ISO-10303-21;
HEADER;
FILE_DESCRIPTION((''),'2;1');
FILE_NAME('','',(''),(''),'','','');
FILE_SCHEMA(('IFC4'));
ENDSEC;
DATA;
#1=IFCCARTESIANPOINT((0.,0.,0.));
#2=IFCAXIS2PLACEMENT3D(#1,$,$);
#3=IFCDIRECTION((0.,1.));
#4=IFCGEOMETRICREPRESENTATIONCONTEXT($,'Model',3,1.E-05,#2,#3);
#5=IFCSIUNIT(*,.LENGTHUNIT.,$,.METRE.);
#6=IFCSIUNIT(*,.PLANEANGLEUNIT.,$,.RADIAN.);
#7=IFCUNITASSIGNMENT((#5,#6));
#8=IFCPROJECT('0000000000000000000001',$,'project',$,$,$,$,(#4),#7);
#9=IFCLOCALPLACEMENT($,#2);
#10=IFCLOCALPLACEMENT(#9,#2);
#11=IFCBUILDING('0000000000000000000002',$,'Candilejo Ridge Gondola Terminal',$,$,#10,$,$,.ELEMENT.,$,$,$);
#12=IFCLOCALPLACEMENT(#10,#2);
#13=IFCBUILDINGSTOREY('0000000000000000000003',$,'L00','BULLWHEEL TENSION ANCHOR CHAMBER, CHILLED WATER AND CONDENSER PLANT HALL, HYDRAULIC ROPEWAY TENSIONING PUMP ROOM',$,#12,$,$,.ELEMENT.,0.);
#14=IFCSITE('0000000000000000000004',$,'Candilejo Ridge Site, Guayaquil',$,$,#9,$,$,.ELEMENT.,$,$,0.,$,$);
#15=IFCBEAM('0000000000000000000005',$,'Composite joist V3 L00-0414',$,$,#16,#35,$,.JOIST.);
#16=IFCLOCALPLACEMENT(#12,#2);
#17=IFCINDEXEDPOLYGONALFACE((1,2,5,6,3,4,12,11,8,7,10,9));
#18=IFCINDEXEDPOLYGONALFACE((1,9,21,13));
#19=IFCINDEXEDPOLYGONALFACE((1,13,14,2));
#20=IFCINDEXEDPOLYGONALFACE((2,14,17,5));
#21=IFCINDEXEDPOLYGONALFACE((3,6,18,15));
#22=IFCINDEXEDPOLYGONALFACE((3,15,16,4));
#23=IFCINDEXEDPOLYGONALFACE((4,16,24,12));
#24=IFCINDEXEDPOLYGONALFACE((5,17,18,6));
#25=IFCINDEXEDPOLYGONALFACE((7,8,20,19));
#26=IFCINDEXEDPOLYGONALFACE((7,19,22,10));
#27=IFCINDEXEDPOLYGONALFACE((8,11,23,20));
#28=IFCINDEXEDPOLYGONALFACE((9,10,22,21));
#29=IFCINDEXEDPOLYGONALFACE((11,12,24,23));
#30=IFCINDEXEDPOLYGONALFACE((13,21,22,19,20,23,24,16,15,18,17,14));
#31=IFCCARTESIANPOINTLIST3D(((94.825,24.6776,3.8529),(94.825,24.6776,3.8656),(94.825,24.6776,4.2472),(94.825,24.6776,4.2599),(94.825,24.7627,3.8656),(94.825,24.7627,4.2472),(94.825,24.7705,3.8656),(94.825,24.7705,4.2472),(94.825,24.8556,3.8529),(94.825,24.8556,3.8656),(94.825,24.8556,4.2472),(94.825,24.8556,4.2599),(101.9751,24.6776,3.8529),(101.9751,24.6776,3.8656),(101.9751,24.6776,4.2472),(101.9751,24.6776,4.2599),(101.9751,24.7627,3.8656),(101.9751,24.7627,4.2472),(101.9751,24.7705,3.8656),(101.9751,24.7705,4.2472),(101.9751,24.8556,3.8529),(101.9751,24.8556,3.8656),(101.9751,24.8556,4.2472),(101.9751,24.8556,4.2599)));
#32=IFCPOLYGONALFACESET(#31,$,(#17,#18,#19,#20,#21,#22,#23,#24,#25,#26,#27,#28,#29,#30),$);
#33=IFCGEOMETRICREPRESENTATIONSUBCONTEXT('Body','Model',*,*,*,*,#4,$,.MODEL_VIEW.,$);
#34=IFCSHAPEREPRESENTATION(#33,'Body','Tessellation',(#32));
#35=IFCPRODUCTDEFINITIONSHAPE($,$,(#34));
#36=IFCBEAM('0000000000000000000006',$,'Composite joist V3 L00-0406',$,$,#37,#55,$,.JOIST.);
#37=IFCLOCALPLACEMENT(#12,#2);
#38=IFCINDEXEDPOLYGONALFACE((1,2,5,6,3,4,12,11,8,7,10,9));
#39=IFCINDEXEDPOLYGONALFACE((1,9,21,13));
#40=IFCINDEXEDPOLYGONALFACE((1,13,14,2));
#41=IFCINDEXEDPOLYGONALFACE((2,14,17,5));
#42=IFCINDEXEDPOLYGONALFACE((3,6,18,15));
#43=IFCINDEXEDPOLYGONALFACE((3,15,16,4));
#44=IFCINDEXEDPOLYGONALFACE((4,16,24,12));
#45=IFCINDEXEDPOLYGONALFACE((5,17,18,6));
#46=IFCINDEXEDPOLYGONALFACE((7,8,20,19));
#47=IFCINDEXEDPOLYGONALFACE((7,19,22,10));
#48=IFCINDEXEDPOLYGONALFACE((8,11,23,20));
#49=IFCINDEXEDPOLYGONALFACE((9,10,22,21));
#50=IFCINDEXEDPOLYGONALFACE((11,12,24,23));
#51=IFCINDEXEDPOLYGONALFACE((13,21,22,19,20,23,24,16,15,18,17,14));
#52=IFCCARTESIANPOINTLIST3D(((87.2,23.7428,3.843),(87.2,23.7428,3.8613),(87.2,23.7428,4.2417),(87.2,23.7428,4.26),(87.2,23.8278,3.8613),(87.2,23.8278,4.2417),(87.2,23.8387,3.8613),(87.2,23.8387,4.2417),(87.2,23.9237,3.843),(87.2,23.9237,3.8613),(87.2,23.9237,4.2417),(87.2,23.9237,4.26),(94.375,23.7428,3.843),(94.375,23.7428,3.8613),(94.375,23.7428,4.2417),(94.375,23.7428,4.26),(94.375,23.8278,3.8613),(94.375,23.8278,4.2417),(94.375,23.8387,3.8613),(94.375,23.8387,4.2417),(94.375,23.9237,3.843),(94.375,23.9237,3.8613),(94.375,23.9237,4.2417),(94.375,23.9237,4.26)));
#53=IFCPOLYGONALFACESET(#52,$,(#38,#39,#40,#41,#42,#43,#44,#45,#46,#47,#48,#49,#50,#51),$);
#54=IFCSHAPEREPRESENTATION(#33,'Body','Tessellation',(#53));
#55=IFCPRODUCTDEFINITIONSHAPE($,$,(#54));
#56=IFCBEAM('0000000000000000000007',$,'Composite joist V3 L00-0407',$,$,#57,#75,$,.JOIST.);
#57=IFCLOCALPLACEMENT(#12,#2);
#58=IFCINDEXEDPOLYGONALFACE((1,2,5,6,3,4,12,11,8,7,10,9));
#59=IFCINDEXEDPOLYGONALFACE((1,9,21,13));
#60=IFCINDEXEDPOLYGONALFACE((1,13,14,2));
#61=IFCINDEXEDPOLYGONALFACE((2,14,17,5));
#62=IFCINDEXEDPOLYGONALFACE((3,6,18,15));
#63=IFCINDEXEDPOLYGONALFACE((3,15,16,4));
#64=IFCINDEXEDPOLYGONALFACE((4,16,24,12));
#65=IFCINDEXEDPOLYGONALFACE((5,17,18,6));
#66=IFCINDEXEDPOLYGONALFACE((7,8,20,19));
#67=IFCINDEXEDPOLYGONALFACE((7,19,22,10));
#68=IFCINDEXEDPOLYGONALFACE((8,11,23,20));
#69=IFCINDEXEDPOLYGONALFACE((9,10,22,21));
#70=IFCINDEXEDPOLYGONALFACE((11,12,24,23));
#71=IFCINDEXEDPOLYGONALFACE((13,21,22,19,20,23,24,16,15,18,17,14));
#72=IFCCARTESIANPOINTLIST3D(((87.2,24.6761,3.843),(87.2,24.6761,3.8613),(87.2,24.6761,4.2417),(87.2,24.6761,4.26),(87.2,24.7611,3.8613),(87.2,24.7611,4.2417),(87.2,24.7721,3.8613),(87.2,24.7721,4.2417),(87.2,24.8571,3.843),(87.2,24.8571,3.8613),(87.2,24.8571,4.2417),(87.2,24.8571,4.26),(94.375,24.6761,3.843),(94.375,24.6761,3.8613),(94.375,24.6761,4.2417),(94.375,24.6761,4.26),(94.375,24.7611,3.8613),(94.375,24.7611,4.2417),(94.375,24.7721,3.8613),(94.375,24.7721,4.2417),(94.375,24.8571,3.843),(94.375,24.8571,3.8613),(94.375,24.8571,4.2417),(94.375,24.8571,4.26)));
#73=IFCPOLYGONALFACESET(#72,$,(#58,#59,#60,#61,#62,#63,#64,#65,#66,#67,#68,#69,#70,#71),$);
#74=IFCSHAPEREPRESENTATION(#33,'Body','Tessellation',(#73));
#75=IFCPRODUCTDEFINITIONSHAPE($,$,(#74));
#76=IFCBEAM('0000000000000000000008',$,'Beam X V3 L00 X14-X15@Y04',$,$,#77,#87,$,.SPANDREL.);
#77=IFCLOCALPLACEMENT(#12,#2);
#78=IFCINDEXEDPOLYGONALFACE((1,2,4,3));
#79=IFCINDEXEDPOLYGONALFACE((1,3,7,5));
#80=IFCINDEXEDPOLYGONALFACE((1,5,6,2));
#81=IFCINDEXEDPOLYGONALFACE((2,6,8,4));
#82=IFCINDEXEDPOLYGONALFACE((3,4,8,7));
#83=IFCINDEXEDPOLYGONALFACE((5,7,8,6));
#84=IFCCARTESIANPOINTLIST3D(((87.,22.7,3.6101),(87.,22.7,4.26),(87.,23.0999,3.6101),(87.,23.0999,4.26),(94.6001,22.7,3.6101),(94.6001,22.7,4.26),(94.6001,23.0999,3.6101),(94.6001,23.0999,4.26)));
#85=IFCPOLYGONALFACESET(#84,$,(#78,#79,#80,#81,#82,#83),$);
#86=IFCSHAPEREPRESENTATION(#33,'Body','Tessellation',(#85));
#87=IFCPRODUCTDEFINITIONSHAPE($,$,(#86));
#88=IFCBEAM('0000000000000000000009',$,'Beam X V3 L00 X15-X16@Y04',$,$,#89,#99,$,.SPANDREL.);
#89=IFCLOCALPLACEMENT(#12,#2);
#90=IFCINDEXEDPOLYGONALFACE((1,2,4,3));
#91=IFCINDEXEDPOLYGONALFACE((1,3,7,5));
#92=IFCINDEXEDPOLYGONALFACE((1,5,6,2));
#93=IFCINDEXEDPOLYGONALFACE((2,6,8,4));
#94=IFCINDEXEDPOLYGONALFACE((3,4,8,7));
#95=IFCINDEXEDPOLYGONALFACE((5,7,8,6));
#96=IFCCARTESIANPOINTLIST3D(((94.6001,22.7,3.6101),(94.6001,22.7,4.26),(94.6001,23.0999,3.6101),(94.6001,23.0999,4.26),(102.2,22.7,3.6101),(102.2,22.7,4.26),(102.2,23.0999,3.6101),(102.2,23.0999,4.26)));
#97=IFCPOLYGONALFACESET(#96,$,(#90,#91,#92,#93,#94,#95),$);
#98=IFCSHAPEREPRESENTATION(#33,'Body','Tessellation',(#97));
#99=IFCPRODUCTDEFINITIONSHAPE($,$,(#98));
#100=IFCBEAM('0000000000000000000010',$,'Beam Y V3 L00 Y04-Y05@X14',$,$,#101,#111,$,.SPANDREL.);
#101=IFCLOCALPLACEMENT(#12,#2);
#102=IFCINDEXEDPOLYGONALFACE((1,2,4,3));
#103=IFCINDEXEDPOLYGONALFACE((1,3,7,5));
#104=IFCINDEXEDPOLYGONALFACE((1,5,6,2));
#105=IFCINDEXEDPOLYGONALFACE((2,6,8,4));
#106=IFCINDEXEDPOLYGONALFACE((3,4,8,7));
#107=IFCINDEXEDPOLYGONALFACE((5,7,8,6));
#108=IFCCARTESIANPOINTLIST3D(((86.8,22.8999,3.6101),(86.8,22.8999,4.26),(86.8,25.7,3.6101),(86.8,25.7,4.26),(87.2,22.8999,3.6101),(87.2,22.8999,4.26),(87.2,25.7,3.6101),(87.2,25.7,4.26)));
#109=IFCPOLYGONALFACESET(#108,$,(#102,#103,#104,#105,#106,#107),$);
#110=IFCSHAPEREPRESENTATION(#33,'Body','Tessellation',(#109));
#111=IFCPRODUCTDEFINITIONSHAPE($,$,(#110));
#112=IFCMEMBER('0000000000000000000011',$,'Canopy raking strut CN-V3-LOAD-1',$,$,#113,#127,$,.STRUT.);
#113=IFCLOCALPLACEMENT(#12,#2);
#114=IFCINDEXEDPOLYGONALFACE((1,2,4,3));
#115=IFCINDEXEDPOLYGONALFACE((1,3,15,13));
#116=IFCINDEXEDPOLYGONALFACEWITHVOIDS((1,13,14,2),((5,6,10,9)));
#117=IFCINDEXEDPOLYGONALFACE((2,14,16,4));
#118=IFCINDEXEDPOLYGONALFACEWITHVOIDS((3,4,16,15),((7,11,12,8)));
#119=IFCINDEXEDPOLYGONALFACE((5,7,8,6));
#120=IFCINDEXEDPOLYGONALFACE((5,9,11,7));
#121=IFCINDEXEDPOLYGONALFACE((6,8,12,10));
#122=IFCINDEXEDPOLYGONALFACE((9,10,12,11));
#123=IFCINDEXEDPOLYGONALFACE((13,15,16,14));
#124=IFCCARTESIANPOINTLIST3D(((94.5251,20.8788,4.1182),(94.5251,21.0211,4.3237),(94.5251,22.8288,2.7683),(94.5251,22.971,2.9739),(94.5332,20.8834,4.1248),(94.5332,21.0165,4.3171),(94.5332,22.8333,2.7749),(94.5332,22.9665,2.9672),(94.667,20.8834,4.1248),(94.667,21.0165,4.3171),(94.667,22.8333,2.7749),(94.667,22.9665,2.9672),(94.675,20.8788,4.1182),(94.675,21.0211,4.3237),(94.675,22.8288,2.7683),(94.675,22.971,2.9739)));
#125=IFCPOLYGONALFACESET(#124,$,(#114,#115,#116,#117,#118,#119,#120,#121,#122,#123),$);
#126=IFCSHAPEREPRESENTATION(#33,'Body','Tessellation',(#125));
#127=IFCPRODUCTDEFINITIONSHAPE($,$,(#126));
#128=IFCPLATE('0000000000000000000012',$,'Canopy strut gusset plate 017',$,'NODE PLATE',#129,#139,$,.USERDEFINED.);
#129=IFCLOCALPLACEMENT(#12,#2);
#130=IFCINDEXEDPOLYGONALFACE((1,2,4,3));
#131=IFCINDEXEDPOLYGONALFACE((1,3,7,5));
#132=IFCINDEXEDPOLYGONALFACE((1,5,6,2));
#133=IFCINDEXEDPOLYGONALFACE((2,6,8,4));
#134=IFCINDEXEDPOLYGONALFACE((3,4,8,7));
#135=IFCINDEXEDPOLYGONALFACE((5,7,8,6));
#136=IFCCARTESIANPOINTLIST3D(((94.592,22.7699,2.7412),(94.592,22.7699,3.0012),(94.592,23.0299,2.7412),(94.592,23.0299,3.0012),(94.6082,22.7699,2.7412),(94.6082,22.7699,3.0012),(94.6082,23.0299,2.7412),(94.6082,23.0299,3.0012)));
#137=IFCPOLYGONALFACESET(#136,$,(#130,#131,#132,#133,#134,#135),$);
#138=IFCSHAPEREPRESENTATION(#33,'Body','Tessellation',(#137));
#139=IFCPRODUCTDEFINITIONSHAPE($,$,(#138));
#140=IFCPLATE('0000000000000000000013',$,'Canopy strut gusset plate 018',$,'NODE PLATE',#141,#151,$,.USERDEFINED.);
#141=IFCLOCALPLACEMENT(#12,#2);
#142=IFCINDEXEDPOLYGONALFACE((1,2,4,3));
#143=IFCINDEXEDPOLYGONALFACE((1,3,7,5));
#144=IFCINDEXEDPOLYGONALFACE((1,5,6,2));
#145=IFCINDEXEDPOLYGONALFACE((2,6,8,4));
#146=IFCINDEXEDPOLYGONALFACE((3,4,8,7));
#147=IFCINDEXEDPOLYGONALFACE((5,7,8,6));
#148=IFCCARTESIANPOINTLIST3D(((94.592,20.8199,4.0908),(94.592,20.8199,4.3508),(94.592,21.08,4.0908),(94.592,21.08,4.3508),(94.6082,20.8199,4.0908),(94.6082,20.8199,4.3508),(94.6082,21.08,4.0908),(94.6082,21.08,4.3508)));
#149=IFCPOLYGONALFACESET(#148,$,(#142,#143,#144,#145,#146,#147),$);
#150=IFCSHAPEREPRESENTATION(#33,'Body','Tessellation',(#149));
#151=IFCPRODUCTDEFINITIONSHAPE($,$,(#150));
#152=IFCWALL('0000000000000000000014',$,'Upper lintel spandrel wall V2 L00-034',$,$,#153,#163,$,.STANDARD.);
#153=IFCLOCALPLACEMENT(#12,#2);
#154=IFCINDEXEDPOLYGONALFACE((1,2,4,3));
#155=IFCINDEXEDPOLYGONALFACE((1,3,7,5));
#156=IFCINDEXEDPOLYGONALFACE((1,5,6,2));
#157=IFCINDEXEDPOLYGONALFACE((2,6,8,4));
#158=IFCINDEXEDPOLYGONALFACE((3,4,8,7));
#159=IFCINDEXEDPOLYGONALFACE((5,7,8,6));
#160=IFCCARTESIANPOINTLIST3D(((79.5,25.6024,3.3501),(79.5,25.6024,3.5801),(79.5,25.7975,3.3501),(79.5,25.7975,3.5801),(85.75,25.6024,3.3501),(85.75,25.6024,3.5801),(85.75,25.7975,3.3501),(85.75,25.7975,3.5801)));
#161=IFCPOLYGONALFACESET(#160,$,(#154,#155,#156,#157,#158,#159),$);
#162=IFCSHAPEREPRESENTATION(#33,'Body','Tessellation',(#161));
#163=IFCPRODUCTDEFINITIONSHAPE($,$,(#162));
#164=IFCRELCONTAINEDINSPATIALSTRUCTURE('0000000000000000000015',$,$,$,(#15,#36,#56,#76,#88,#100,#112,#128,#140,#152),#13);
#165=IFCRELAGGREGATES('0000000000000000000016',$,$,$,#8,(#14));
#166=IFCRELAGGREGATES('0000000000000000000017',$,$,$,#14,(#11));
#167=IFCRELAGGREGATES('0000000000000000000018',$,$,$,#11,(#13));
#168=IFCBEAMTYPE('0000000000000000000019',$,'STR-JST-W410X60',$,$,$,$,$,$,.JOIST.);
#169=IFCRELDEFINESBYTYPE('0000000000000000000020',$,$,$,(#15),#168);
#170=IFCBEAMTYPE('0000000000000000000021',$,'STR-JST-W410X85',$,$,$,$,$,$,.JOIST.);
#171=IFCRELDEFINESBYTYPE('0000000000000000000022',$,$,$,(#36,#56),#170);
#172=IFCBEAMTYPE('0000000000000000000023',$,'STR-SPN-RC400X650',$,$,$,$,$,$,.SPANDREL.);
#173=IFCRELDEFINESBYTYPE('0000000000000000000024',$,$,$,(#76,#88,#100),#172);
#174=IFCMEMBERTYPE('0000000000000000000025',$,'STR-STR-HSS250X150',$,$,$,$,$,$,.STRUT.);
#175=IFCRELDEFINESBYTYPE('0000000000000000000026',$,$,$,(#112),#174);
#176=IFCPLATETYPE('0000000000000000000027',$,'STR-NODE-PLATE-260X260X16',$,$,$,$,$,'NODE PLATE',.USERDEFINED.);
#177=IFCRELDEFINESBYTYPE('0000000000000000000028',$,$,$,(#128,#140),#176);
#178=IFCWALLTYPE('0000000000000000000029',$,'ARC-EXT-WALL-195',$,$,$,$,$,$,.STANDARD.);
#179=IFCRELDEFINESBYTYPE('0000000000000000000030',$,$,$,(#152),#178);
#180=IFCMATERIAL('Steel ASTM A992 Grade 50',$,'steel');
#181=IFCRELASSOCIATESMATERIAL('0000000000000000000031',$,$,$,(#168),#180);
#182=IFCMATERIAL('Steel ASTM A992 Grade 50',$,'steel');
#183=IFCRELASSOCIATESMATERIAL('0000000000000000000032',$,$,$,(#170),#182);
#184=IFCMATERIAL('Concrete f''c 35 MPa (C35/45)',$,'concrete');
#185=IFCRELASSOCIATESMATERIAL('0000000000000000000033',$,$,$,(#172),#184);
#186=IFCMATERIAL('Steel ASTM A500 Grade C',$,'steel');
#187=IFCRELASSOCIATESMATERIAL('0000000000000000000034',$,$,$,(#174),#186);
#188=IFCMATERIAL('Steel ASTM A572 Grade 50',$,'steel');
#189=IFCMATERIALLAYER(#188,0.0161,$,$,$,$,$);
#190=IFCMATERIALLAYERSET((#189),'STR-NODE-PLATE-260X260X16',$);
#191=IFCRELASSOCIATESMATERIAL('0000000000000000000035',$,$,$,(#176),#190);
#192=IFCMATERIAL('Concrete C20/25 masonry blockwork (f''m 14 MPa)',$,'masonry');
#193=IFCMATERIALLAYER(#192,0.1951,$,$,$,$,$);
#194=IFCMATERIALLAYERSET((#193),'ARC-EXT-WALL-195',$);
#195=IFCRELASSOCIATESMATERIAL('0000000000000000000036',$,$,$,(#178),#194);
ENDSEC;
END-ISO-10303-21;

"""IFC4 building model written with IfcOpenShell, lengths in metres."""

from ifc_helpers import new_model, si_unit, direction, frame, frame_2d, origin, origin_2d, place, context, subcontext, project, spatial, rectangle, hollow_rectangle, i_section, extrude, material, layer, layer_set, material_profile, profile_set, type_object, element, save


model = new_model("IFC4")

# Units and contexts
model_context = context("Model", 3, precision=1e-05, world=origin(), true_north=direction((0.0, 1.0)))
body_context = subcontext(model_context, "Body", "Model", "MODEL_VIEW")
ifc_project = project(units=[si_unit("LENGTHUNIT", "METRE"), si_unit("PLANEANGLEUNIT", "RADIAN")], contexts=[model_context])

# Site, building, storey
site_placement = place(None, origin())
site = spatial("IfcSite", under=ifc_project, at=site_placement, Name="Candilejo Ridge Site, Guayaquil", CompositionType="ELEMENT", RefElevation=0.0)
building_placement = place(site_placement, origin())
building = spatial("IfcBuilding", under=site, at=building_placement, Name="Candilejo Ridge Gondola Terminal", CompositionType="ELEMENT")
storey_placement = place(building_placement, origin())
storey = spatial("IfcBuildingStorey", under=building, at=storey_placement, Name="L00", Description="BULLWHEEL TENSION ANCHOR CHAMBER, CHILLED WATER AND CONDENSER PLANT HALL, HYDRAULIC ROPEWAY TENSIONING PUMP ROOM", CompositionType="ELEMENT", Elevation=0.0)

# Beams
ifc_material_1 = material(Name="Steel ASTM A992 Grade 50", Category="steel")
ifc_material_profile_1 = material_profile(ifc_material_1, i_section(OverallWidth=0.178, OverallDepth=0.407, WebThickness=0.0078, FlangeThickness=0.0127, at=origin_2d()))
ifc_profile_set_1 = profile_set([ifc_material_profile_1], Name="Steel ASTM A992 Grade 50")
beam_type_1 = type_object("IfcBeamType", Name="STR-JST-W410X60", PredefinedType="JOIST", material=ifc_profile_set_1)
for number, where, z_axis, x_axis, name in (
    (1, (94.825, 24.7666, 4.0564), (1.0, 0.0, 0.0), (0.0, 1.0, 0.0), "Composite joist V3 L00-0414"),
):
    element("IfcBeam", number, at=place(storey_placement, frame(where, z_axis=z_axis, x_axis=x_axis)), inside=storey, type_object=beam_type_1, Name=name, PredefinedType="JOIST", context=body_context, shape_type="SweptSolid", body=[
        extrude(i_section(OverallWidth=0.178, OverallDepth=0.407, WebThickness=0.0078, FlangeThickness=0.0127, at=origin_2d()), origin(), (0.0, 0.0, 1.0), 7.1501),
    ])
ifc_material_2 = material(Name="Steel ASTM A992 Grade 50", Category="steel")
ifc_material_profile_2 = material_profile(ifc_material_2, i_section(OverallWidth=0.1809, OverallDepth=0.417, WebThickness=0.011, FlangeThickness=0.0183, at=origin_2d()))
ifc_profile_set_2 = profile_set([ifc_material_profile_2], Name="Steel ASTM A992 Grade 50")
beam_type_2 = type_object("IfcBeamType", Name="STR-JST-W410X85", PredefinedType="JOIST", material=ifc_profile_set_2)
for number, where, z_axis, x_axis, name in (
    (2, (87.2, 23.8333, 4.0515), (1.0, 0.0, 0.0), (0.0, 1.0, 0.0), "Composite joist V3 L00-0406"),
    (3, (87.2, 24.7666, 4.0515), (1.0, 0.0, 0.0), (0.0, 1.0, 0.0), "Composite joist V3 L00-0407"),
):
    element("IfcBeam", number, at=place(storey_placement, frame(where, z_axis=z_axis, x_axis=x_axis)), inside=storey, type_object=beam_type_2, Name=name, PredefinedType="JOIST", context=body_context, shape_type="SweptSolid", body=[
        extrude(i_section(OverallWidth=0.1809, OverallDepth=0.417, WebThickness=0.011, FlangeThickness=0.0183, at=origin_2d()), origin(), (0.0, 0.0, 1.0), 7.175),
    ])
ifc_material_3 = material(Name="Concrete f'c 35 MPa (C35/45)", Category="concrete")
ifc_material_profile_3 = material_profile(ifc_material_3, rectangle(XDim=0.3999, YDim=0.6499, at=origin_2d()))
ifc_profile_set_3 = profile_set([ifc_material_profile_3], Name="Concrete f'c 35 MPa (C35/45)")
beam_type_3 = type_object("IfcBeamType", Name="STR-SPN-RC400X650", PredefinedType="SPANDREL", material=ifc_profile_set_3)
beam_1_placement = place(storey_placement, frame((87.0, 22.8999, 3.9351), z_axis=(1.0, 0.0, 0.0), x_axis=(0.0, 1.0, 0.0)))
element("IfcBeam", 4, at=beam_1_placement, inside=storey, type_object=beam_type_3, Name="Beam X V3 L00 X14-X15@Y04", PredefinedType="SPANDREL", context=body_context, shape_type="SweptSolid", body=[
    extrude(rectangle(XDim=0.3999, YDim=0.6499, at=origin_2d()), origin(), (0.0, 0.0, 1.0), 7.6001),
])
beam_2_placement = place(storey_placement, frame((94.6001, 22.8999, 3.9351), z_axis=(1.0, 0.0, 0.0), x_axis=(0.0, 1.0, 0.0)))
element("IfcBeam", 5, at=beam_2_placement, inside=storey, type_object=beam_type_3, Name="Beam X V3 L00 X15-X16@Y04", PredefinedType="SPANDREL", context=body_context, shape_type="SweptSolid", body=[
    extrude(rectangle(XDim=0.3999, YDim=0.6499, at=origin_2d()), origin(), (0.0, 0.0, 1.0), 7.5999),
])
beam_3_placement = place(storey_placement, frame((87.0, 22.8999, 3.9351), z_axis=(0.0, 1.0, 0.0), x_axis=(-1.0, 0.0, 0.0)))
element("IfcBeam", 6, at=beam_3_placement, inside=storey, type_object=beam_type_3, Name="Beam Y V3 L00 Y04-Y05@X14", PredefinedType="SPANDREL", context=body_context, shape_type="SweptSolid", body=[
    extrude(rectangle(XDim=0.3999, YDim=0.6499, at=origin_2d()), origin(), (0.0, 0.0, 1.0), 2.8),
])

# Member
ifc_material_4 = material(Name="Steel ASTM A500 Grade C", Category="steel")
ifc_material_profile_4 = material_profile(ifc_material_4, hollow_rectangle(XDim=0.1499, YDim=0.25, WallThickness=0.0081, at=origin_2d()))
ifc_profile_set_4 = profile_set([ifc_material_profile_4], Name="Steel ASTM A500 Grade C")
member_type = type_object("IfcMemberType", Name="STR-STR-HSS250X150", PredefinedType="STRUT", material=ifc_profile_set_4)
member_placement = place(storey_placement, frame((94.6001, 22.8999, 2.8711), z_axis=(0.0, -0.822214, 0.569178), x_axis=(1.0, 0.0, 0.0)))
element("IfcMember", 7, at=member_placement, inside=storey, type_object=member_type, Name="Canopy raking strut CN-V3-LOAD-1", PredefinedType="STRUT", context=body_context, shape_type="SweptSolid", body=[
    extrude(hollow_rectangle(XDim=0.1499, YDim=0.25, WallThickness=0.0081, at=origin_2d()), origin(), (0.0, 0.0, 1.0), 2.3716),
])

# Plates
ifc_material_5 = material(Name="Steel ASTM A572 Grade 50", Category="steel")
ifc_layer_1 = layer(ifc_material_5, 0.0161)
ifc_layer_set_1 = layer_set([ifc_layer_1], Name="STR-NODE-PLATE-260X260X16")
plate_type = type_object("IfcPlateType", Name="STR-NODE-PLATE-260X260X16", ElementType="NODE PLATE", PredefinedType="USERDEFINED", material=ifc_layer_set_1)
for number, where, z_axis, x_axis, name in (
    (8, (94.6001, 22.8999, 2.7412), (0.0, 0.0, 1.0), (1.0, 0.0, 0.0), "Canopy strut gusset plate 017"),
    (9, (94.6001, 20.95, 4.0908), (0.0, 0.0, 1.0), (1.0, 0.0, 0.0), "Canopy strut gusset plate 018"),
):
    element("IfcPlate", number, at=place(storey_placement, frame(where, z_axis=z_axis, x_axis=x_axis)), inside=storey, type_object=plate_type, Name=name, ObjectType="NODE PLATE", PredefinedType="USERDEFINED", context=body_context, shape_type="SweptSolid", body=[
        extrude(rectangle(XDim=0.0161, YDim=0.26, at=origin_2d()), origin(), (0.0, 0.0, 1.0), 0.26),
    ])

# Wall
ifc_material_6 = material(Name="Concrete C20/25 masonry blockwork (f'm 14 MPa)", Category="masonry")
ifc_layer_2 = layer(ifc_material_6, 0.1951)
ifc_layer_set_2 = layer_set([ifc_layer_2], Name="ARC-EXT-WALL-195")
wall_type_1 = type_object("IfcWallType", Name="ARC-EXT-WALL-195", PredefinedType="STANDARD", material=ifc_layer_set_2)
wall_1_placement = place(storey_placement, frame((85.75, 25.7, 3.3501), z_axis=(0.0, 0.0, 1.0), x_axis=(-1.0, 0.0, 0.0)))
element("IfcWall", 10, at=wall_1_placement, inside=storey, type_object=wall_type_1, Name="Upper lintel spandrel wall V2 L00-034", PredefinedType="STANDARD", context=body_context, shape_type="SweptSolid", body=[
    extrude(rectangle(XDim=6.25, YDim=0.1951, at=frame_2d((3.125, 0.0))), origin(), (0.0, 0.0, 1.0), 0.23),
])

save(model, "model.ifc")
